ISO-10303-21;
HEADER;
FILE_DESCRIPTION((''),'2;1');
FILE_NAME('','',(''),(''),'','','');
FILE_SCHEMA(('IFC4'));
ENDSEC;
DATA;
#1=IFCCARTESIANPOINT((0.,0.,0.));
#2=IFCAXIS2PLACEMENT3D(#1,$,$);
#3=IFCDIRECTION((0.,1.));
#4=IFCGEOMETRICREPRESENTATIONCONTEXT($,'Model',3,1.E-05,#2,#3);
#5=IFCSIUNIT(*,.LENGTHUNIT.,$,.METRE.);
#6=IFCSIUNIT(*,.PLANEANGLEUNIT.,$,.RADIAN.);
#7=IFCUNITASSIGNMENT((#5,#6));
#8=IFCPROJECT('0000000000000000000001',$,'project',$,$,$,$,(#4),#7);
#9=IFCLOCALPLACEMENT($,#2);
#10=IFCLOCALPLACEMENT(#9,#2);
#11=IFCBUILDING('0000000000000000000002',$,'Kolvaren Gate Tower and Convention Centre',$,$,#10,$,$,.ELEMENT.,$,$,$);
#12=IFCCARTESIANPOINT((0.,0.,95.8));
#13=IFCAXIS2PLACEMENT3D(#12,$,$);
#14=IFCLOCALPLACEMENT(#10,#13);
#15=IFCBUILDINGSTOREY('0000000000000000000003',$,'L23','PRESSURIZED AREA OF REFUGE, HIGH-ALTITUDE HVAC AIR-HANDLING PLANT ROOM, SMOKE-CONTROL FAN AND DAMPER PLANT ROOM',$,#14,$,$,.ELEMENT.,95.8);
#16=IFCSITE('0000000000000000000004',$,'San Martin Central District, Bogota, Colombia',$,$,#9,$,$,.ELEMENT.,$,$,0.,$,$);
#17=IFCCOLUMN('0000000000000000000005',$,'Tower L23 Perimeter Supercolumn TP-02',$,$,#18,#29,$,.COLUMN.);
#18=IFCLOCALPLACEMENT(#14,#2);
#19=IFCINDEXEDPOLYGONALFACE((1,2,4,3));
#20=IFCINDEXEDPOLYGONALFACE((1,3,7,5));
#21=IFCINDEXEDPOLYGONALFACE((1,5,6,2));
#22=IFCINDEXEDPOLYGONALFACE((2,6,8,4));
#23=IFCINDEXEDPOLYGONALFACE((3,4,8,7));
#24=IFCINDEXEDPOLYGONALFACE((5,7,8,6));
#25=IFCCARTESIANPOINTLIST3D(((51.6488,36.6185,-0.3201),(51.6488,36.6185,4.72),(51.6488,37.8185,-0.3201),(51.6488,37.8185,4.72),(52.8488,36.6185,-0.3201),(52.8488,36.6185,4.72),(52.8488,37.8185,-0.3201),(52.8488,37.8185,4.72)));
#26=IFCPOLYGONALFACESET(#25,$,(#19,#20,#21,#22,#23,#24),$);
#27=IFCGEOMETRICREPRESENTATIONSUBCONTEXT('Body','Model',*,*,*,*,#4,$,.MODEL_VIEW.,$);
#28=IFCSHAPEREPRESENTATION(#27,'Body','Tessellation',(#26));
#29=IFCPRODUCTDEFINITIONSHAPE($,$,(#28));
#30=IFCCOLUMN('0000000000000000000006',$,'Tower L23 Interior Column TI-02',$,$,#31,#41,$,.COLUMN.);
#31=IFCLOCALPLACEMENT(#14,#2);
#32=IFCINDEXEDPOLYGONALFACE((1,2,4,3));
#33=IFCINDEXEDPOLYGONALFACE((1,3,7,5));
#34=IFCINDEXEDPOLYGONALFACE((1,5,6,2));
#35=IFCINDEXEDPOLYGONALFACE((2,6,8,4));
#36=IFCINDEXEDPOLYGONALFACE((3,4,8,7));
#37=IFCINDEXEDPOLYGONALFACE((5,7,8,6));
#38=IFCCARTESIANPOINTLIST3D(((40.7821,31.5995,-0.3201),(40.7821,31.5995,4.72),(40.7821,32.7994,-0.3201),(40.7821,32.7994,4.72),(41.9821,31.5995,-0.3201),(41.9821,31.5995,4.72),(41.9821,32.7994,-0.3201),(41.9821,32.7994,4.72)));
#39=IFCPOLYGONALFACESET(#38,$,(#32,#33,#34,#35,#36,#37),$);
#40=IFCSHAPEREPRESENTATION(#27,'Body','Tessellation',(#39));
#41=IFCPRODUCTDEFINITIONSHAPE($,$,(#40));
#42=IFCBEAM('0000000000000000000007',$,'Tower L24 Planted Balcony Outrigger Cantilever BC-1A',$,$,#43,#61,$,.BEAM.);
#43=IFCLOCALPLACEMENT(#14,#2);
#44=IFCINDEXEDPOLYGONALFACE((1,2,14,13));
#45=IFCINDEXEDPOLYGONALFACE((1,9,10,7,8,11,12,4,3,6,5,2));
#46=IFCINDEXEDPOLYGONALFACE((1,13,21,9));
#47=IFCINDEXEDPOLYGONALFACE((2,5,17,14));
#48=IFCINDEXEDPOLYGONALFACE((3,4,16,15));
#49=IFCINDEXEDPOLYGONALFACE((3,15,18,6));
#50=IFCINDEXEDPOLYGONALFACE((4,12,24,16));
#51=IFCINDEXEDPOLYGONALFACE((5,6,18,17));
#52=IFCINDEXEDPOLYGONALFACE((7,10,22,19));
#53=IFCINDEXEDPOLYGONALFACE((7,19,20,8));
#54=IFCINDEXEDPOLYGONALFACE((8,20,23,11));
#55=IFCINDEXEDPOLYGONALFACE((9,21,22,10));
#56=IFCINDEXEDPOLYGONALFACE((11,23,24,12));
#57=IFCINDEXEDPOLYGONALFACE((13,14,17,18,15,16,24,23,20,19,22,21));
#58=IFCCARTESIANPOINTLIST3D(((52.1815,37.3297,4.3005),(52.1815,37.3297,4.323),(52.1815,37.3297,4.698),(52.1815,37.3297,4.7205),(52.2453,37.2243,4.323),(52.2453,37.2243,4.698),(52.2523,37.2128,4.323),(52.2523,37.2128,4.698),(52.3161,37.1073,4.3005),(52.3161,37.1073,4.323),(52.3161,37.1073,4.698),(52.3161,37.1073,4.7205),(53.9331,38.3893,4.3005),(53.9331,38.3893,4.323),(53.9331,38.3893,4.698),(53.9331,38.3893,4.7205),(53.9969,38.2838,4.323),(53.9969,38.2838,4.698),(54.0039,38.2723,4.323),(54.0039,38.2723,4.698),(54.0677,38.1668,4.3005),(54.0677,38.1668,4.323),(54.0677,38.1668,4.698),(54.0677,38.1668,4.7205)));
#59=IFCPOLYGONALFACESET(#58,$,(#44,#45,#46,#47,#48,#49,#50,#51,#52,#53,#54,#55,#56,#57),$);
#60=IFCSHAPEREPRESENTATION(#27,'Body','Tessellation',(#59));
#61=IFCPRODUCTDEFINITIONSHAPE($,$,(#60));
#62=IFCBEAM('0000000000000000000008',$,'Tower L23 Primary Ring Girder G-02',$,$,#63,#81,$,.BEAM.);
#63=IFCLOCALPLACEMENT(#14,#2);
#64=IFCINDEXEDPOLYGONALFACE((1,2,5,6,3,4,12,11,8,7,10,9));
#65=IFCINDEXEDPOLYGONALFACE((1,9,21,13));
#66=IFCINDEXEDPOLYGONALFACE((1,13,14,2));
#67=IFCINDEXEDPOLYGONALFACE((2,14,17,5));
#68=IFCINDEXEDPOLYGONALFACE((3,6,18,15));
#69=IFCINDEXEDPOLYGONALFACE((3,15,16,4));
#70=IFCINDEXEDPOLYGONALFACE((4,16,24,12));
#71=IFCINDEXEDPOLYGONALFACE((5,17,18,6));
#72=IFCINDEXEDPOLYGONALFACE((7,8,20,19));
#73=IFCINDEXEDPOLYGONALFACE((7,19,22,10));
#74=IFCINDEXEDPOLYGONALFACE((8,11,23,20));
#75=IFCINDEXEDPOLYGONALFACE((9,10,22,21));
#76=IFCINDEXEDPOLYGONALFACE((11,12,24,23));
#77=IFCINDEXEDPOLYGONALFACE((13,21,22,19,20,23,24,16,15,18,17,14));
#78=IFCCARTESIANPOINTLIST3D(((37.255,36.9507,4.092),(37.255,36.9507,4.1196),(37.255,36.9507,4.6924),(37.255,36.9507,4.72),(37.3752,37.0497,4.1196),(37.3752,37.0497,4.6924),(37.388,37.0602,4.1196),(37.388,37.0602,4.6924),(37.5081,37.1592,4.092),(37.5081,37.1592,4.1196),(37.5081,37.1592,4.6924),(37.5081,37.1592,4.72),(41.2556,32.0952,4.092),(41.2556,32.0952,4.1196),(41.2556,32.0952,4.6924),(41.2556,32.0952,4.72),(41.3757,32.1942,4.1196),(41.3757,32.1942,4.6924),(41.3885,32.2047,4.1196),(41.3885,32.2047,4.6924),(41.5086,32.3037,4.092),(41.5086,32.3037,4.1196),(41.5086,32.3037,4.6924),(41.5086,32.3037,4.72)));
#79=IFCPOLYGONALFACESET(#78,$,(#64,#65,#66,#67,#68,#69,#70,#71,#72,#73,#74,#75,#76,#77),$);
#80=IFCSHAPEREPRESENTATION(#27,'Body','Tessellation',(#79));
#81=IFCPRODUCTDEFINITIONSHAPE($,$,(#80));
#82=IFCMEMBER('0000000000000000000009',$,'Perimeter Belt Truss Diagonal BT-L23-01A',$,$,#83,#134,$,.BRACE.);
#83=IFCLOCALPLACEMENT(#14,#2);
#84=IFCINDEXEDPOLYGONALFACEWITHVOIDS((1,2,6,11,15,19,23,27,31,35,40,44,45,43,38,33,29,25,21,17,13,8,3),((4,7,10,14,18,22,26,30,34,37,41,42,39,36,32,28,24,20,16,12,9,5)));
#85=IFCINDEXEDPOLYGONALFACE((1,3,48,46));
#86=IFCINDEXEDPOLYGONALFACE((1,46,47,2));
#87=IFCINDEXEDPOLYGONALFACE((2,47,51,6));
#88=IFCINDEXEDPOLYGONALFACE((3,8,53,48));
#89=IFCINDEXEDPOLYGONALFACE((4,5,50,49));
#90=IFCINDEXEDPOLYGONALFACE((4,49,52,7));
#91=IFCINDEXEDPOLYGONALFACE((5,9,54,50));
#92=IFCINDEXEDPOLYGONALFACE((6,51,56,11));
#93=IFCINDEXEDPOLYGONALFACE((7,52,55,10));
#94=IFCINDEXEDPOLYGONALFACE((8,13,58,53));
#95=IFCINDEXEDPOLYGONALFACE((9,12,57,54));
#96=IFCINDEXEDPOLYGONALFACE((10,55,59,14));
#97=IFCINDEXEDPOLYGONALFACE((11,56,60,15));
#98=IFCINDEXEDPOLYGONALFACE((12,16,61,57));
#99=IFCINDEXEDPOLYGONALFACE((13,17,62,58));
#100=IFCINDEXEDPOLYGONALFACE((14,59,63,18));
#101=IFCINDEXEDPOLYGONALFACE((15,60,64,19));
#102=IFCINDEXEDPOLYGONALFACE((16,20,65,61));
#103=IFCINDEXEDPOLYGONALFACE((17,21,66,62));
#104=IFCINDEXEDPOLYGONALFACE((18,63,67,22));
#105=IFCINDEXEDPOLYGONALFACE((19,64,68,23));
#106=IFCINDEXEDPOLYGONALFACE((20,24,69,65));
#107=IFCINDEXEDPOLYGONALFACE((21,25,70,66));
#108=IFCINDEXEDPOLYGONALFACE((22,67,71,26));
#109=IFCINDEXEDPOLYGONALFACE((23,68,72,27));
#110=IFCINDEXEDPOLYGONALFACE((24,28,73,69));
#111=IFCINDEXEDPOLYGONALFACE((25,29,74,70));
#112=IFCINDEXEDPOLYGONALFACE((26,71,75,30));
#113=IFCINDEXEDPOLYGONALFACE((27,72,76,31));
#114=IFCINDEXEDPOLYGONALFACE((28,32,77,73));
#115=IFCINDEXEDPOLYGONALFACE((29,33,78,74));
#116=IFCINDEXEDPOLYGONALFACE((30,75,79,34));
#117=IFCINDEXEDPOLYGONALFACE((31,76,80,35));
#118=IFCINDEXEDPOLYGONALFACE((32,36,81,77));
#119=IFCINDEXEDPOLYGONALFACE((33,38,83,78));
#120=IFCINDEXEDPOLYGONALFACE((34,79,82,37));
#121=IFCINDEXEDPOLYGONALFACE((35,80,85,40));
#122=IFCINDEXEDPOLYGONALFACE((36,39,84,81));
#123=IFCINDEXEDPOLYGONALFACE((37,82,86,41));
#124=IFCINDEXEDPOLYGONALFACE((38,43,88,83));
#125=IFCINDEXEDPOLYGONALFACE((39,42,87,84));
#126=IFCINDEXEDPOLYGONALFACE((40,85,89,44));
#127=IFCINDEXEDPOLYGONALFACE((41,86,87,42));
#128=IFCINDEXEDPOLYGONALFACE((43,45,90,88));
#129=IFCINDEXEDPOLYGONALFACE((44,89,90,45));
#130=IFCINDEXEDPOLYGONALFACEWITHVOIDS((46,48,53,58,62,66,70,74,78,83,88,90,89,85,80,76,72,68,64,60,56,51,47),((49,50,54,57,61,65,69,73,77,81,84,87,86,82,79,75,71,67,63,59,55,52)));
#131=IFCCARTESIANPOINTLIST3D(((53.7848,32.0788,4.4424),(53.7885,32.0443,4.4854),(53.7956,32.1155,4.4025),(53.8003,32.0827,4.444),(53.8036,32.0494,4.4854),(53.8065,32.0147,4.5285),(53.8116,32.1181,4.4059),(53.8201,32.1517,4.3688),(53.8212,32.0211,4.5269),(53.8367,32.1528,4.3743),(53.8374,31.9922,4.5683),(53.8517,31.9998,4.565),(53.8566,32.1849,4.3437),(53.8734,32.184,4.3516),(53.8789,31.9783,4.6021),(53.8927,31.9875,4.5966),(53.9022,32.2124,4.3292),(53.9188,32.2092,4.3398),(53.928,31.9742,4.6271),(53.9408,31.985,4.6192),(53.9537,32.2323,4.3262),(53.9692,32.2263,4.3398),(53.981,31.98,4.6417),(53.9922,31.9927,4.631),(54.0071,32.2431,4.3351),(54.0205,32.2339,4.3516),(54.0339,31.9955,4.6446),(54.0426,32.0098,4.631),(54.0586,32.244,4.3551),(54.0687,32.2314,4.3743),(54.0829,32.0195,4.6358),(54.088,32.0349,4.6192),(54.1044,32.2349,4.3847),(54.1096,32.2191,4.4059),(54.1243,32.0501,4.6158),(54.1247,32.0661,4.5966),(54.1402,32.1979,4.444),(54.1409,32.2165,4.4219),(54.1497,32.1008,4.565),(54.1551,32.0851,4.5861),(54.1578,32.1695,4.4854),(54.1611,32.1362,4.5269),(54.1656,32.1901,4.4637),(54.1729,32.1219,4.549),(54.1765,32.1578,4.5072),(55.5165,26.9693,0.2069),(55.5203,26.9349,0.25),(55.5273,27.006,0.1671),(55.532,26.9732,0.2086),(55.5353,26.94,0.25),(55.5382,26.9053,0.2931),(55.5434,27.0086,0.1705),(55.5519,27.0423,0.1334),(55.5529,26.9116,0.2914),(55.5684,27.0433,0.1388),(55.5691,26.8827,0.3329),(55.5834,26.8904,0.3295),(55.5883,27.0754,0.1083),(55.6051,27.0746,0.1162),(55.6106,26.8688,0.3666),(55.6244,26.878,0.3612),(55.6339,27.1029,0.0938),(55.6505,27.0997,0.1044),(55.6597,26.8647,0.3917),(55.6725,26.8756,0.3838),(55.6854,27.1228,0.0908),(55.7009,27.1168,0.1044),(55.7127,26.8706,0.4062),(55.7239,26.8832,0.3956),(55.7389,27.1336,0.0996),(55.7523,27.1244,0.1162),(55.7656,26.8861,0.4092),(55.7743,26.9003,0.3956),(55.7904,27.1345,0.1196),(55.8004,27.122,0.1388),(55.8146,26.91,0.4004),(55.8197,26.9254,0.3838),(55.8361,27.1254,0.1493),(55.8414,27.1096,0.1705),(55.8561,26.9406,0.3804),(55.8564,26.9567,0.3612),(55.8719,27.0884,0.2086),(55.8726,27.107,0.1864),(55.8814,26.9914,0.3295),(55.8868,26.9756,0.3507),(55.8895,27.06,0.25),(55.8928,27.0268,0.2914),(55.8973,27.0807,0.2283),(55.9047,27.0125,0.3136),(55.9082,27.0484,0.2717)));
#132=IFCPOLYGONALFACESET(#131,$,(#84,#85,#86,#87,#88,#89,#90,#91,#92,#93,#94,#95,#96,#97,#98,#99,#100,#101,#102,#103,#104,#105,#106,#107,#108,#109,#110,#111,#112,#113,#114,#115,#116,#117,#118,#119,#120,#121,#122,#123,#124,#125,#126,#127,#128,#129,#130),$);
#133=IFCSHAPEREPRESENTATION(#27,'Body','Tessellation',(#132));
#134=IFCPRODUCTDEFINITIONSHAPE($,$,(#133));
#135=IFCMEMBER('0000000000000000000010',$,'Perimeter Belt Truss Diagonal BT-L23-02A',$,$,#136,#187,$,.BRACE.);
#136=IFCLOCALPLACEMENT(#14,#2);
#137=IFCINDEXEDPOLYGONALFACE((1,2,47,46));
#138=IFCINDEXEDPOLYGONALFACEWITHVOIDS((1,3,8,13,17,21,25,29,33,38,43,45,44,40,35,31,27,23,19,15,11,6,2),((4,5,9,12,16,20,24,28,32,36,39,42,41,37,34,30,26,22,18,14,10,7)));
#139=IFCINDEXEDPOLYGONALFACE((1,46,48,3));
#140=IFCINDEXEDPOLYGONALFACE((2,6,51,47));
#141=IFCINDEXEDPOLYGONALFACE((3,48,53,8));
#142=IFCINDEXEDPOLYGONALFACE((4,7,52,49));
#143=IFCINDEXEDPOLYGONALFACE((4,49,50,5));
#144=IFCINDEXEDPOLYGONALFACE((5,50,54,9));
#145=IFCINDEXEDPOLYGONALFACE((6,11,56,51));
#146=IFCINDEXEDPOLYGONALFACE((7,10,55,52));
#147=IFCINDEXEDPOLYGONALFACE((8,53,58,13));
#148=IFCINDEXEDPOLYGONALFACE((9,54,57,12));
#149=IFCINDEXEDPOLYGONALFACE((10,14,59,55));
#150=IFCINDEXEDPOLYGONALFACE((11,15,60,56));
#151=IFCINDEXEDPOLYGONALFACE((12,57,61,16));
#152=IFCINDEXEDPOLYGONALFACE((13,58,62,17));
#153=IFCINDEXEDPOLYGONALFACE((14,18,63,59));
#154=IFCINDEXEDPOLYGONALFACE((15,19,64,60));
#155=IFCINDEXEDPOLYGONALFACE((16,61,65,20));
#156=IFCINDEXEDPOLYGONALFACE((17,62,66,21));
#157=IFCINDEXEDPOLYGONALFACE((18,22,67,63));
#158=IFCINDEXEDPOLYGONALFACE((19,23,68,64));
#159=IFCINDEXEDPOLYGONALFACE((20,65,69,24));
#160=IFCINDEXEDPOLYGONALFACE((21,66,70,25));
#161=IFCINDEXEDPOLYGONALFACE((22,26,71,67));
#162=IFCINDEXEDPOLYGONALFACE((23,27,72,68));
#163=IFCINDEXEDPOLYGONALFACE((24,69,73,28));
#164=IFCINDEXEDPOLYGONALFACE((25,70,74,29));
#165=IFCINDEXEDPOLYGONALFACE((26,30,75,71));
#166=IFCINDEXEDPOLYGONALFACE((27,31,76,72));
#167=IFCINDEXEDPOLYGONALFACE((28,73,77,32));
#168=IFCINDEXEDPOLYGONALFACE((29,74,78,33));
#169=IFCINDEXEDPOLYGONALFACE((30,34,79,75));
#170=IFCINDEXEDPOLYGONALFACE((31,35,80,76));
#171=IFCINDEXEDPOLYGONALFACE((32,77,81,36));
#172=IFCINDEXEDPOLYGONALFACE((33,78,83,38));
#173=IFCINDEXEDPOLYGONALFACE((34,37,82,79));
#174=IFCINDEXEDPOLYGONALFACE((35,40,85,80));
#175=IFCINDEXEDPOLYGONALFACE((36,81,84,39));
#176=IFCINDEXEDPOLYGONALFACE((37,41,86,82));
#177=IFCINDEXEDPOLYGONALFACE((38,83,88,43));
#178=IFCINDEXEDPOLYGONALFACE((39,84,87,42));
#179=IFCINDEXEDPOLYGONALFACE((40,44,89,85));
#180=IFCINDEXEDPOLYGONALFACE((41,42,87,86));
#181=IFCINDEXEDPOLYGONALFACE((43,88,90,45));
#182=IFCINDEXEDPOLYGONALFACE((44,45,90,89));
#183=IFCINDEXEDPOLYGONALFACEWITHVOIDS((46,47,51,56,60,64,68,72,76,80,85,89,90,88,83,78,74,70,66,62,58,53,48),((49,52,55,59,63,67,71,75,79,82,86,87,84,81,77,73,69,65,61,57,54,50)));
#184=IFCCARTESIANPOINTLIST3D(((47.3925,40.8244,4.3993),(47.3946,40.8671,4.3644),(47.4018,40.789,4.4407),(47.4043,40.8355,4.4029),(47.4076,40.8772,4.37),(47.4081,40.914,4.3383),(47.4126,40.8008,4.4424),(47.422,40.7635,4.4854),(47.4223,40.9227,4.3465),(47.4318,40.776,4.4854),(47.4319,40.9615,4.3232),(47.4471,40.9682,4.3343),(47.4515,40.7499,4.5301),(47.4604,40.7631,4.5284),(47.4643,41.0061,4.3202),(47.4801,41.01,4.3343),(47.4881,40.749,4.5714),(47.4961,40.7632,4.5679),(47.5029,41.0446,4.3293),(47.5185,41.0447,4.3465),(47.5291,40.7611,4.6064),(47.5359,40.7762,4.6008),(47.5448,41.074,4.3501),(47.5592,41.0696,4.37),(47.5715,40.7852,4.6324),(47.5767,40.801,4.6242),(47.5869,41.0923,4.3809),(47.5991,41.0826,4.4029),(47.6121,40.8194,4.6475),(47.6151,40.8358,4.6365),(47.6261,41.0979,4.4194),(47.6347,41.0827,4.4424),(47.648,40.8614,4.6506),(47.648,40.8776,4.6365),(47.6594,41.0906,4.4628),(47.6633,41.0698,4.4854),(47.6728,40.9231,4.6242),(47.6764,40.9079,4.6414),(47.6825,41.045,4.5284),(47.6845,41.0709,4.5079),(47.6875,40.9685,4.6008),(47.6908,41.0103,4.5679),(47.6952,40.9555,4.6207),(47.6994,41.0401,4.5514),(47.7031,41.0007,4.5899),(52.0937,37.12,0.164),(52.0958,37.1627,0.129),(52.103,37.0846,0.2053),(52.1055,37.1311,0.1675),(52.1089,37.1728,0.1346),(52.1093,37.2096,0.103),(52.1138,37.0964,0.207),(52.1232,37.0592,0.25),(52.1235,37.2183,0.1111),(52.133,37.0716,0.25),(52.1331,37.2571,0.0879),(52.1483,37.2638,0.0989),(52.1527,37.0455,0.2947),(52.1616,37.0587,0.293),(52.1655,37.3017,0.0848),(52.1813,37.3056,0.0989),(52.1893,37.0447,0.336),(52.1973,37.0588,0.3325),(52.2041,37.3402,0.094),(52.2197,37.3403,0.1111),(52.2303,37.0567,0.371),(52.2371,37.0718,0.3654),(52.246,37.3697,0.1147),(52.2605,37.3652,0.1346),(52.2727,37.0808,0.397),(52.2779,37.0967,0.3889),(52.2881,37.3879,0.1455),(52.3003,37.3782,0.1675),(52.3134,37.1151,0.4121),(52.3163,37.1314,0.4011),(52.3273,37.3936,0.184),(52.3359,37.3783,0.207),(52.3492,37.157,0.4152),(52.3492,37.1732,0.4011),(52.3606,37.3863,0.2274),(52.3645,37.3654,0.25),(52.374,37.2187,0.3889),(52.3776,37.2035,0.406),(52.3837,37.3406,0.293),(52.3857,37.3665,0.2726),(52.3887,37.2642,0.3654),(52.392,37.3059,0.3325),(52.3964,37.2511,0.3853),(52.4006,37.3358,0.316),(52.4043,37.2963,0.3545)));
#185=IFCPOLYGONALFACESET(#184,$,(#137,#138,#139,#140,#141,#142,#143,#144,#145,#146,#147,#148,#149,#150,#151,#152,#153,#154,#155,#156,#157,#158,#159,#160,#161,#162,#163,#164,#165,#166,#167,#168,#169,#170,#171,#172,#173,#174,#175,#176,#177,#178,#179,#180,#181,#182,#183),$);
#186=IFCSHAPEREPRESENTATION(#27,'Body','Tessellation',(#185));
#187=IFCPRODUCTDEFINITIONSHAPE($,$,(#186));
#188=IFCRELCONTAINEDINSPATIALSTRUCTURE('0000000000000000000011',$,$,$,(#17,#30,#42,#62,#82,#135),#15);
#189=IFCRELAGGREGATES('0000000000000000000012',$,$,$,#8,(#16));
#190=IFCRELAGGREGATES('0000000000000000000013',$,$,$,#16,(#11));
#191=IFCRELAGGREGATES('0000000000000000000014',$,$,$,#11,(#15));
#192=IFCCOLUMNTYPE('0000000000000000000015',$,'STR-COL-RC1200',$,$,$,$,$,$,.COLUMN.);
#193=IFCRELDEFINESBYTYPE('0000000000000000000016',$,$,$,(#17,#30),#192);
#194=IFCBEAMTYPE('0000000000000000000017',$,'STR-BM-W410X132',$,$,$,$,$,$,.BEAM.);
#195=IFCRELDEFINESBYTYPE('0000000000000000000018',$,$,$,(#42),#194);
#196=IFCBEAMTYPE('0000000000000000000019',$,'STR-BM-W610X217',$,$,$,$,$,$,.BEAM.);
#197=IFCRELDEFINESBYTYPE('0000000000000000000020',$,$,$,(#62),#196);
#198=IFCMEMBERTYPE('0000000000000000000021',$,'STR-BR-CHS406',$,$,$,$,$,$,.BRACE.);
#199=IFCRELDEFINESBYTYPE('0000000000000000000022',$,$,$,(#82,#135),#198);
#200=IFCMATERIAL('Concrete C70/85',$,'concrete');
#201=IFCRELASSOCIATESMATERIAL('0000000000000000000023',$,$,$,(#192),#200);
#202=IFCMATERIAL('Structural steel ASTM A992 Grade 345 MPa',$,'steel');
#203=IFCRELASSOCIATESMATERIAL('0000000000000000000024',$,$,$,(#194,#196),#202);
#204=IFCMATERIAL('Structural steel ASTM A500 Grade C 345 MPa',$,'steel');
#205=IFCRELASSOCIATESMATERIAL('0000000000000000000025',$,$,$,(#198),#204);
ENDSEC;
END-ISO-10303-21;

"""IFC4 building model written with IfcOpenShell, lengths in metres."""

from ifc_helpers import new_model, si_unit, direction, frame, origin, origin_2d, place, context, subcontext, project, spatial, rectangle, hollow_circle, i_section, extrude, material, material_profile, profile_set, type_object, element, save


model = new_model("IFC4")

# Units and contexts
model_context = context("Model", 3, precision=1e-05, world=origin(), true_north=direction((0.0, 1.0)))
body_context = subcontext(model_context, "Body", "Model", "MODEL_VIEW")
ifc_project = project(units=[si_unit("LENGTHUNIT", "METRE"), si_unit("PLANEANGLEUNIT", "RADIAN")], contexts=[model_context])

# Site, building, storey
site_placement = place(None, origin())
site = spatial("IfcSite", under=ifc_project, at=site_placement, Name="San Martin Central District, Bogota, Colombia", CompositionType="ELEMENT", RefElevation=0.0)
building_placement = place(site_placement, origin())
building = spatial("IfcBuilding", under=site, at=building_placement, Name="Kolvaren Gate Tower and Convention Centre", CompositionType="ELEMENT")
storey_placement = place(building_placement, frame((0.0, 0.0, 95.8)))
storey = spatial("IfcBuildingStorey", under=building, at=storey_placement, Name="L23", Description="PRESSURIZED AREA OF REFUGE, HIGH-ALTITUDE HVAC AIR-HANDLING PLANT ROOM, SMOKE-CONTROL FAN AND DAMPER PLANT ROOM", CompositionType="ELEMENT", Elevation=95.8)

# Columns
ifc_material_1 = material(Name="Concrete C70/85", Category="concrete")
ifc_material_profile_1 = material_profile(ifc_material_1, rectangle(XDim=1.2, YDim=1.2, at=origin_2d()), Name="RC-COL-1200X1200")
ifc_profile_set_1 = profile_set([ifc_material_profile_1], Name="Concrete C70/85")
column_type = type_object("IfcColumnType", Name="STR-COL-RC1200", PredefinedType="COLUMN", material=ifc_profile_set_1)
for number, where, z_axis, x_axis, name in (
    (1, (52.2488, 37.2185, -0.3201), (0.0, 0.0, 1.0), (1.0, 0.0, 0.0), "Tower L23 Perimeter Supercolumn TP-02"),
    (2, (41.3821, 32.1995, -0.3201), (0.0, 0.0, 1.0), (1.0, 0.0, 0.0), "Tower L23 Interior Column TI-02"),
):
    element("IfcColumn", number, at=place(storey_placement, frame(where, z_axis=z_axis, x_axis=x_axis)), inside=storey, type_object=column_type, Name=name, PredefinedType="COLUMN", context=body_context, shape_type="SweptSolid", body=[
        extrude(rectangle(XDim=1.2, YDim=1.2, at=origin_2d()), origin(), (0.0, 0.0, 1.0), 5.04),
    ])

# Beams
ifc_material_2 = material(Name="Structural steel ASTM A992 Grade 345 MPa", Category="steel")
ifc_material_profile_2 = material_profile(ifc_material_2, i_section(OverallWidth=0.26, OverallDepth=0.4199, WebThickness=0.0134, FlangeThickness=0.0225, at=origin_2d()), Name="W410X132")
ifc_profile_set_2 = profile_set([ifc_material_profile_2], Name="Structural steel ASTM A992 Grade 345 MPa")
beam_type_1 = type_object("IfcBeamType", Name="STR-BM-W410X132", PredefinedType="BEAM", material=ifc_profile_set_2)
beam_1_placement = place(storey_placement, frame((52.2488, 37.2185, 4.5105), z_axis=(0.855646, 0.517561, 0.0), x_axis=(-0.517561, 0.855646, 0.0)))
element("IfcBeam", 3, at=beam_1_placement, inside=storey, type_object=beam_type_1, Name="Tower L24 Planted Balcony Outrigger Cantilever BC-1A", PredefinedType="BEAM", context=body_context, shape_type="SweptSolid", body=[
    extrude(i_section(OverallWidth=0.26, OverallDepth=0.4199, WebThickness=0.0134, FlangeThickness=0.0225, at=origin_2d()), origin(), (0.0, 0.0, 1.0), 2.0471),
])
ifc_material_profile_3 = material_profile(ifc_material_2, i_section(OverallWidth=0.3279, OverallDepth=0.6279, WebThickness=0.0166, FlangeThickness=0.0276, at=origin_2d()), Name="W610X217")
ifc_profile_set_3 = profile_set([ifc_material_profile_3], Name="Structural steel ASTM A992 Grade 345 MPa")
beam_type_2 = type_object("IfcBeamType", Name="STR-BM-W610X217", PredefinedType="BEAM", material=ifc_profile_set_3)
beam_2_placement = place(storey_placement, frame((41.3821, 32.1995, 4.406), z_axis=(-0.635884, 0.771785, 0.0), x_axis=(-0.771785, -0.635884, 0.0)))
element("IfcBeam", 4, at=beam_2_placement, inside=storey, type_object=beam_type_2, Name="Tower L23 Primary Ring Girder G-02", PredefinedType="BEAM", context=body_context, shape_type="SweptSolid", body=[
    extrude(i_section(OverallWidth=0.3279, OverallDepth=0.6279, WebThickness=0.0166, FlangeThickness=0.0276, at=origin_2d()), origin(), (0.0, 0.0, 1.0), 6.2913),
])

# Members
ifc_material_3 = material(Name="Structural steel ASTM A500 Grade C 345 MPa", Category="steel")
ifc_material_profile_4 = material_profile(ifc_material_3, hollow_circle(Radius=0.2029, WallThickness=0.0159, at=origin_2d()), Name="CHS406X15.9")
ifc_profile_set_4 = profile_set([ifc_material_profile_4], Name="Structural steel ASTM A500 Grade C 345 MPa")
member_type_1 = type_object("IfcMemberType", Name="STR-BR-CHS406", PredefinedType="BRACE", material=ifc_profile_set_4)
member_1_placement = place(storey_placement, frame((55.7124, 27.0, 0.25), z_axis=(-0.252478, 0.744941, 0.617509), x_axis=(-0.947083, -0.320989, 0.0)))
element("IfcMember", 5, at=member_1_placement, inside=storey, type_object=member_type_1, Name="Perimeter Belt Truss Diagonal BT-L23-01A", PredefinedType="BRACE", context=body_context, shape_type="SweptSolid", body=[
    extrude(hollow_circle(Radius=0.2029, WallThickness=0.0159, at=origin_2d()), origin(), (0.0, 0.0, 1.0), 6.8589),
])
member_2_placement = place(storey_placement, frame((52.2488, 37.2185, 0.25), z_axis=(-0.641167, 0.505215, 0.577636), x_axis=(-0.618913, -0.78546, 0.0)))
element("IfcMember", 6, at=member_2_placement, inside=storey, type_object=member_type_1, Name="Perimeter Belt Truss Diagonal BT-L23-02A", PredefinedType="BRACE", context=body_context, shape_type="SweptSolid", body=[
    extrude(hollow_circle(Radius=0.2029, WallThickness=0.0159, at=origin_2d()), origin(), (0.0, 0.0, 1.0), 7.3323),
])

save(model, "model.ifc")
